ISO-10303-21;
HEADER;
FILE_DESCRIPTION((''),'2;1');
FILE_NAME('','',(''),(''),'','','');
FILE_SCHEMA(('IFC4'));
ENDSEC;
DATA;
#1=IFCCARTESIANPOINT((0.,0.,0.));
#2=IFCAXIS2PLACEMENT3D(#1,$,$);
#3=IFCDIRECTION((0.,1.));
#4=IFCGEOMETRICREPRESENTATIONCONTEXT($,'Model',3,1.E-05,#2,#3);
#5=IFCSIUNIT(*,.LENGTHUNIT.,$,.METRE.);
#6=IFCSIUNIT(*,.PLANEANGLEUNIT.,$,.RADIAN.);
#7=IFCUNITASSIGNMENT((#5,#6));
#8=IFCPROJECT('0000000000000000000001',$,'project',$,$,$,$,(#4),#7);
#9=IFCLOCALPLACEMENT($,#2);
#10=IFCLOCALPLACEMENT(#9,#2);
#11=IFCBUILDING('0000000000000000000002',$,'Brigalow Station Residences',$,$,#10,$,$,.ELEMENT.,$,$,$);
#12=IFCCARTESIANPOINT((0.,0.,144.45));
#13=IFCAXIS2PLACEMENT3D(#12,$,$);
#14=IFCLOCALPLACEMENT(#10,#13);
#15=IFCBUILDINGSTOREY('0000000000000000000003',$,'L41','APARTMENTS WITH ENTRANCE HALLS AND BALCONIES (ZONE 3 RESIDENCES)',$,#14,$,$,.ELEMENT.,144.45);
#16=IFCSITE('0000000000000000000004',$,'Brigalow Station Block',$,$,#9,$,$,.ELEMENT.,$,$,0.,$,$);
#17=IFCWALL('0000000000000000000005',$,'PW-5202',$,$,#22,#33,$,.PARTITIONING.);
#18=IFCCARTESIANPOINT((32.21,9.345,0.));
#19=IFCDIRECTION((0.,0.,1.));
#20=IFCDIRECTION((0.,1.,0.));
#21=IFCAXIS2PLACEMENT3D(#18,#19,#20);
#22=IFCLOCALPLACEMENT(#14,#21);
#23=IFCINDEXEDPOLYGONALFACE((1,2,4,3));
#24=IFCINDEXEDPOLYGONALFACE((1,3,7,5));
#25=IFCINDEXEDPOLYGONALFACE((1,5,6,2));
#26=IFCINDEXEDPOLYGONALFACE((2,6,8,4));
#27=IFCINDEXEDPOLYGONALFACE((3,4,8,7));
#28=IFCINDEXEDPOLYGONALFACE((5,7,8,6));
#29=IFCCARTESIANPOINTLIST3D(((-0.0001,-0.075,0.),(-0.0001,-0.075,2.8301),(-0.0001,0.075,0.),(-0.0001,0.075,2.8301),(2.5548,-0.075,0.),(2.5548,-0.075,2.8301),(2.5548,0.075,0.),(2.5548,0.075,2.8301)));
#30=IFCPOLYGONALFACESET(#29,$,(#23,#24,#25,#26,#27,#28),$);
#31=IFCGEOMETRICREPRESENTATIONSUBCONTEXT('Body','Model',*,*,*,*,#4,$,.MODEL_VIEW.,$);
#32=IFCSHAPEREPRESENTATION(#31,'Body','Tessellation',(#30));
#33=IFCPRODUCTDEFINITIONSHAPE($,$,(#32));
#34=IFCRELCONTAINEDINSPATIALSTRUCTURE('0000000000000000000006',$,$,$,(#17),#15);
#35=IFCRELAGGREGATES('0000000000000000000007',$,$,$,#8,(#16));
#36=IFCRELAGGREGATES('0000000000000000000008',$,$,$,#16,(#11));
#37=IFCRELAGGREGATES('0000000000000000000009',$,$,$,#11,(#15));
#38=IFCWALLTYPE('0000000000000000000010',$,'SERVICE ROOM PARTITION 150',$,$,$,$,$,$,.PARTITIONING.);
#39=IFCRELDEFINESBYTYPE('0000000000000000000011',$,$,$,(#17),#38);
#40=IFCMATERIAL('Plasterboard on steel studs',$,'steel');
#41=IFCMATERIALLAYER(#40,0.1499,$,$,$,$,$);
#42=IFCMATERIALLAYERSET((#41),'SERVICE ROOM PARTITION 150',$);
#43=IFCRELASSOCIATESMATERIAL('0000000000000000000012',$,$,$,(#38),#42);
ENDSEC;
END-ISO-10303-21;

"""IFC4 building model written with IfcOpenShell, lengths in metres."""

from ifc_helpers import new_model, si_unit, direction, frame, frame_2d, origin, place, context, subcontext, project, spatial, rectangle, extrude, material, layer, layer_set, type_object, element, save


model = new_model("IFC4")

# Units and contexts
model_context = context("Model", 3, precision=1e-05, world=origin(), true_north=direction((0.0, 1.0)))
body_context = subcontext(model_context, "Body", "Model", "MODEL_VIEW")
ifc_project = project(units=[si_unit("LENGTHUNIT", "METRE"), si_unit("PLANEANGLEUNIT", "RADIAN")], contexts=[model_context])

# Site, building, storey
site_placement = place(None, origin())
site = spatial("IfcSite", under=ifc_project, at=site_placement, Name="Brigalow Station Block", CompositionType="ELEMENT", RefElevation=0.0)
building_placement = place(site_placement, origin())
building = spatial("IfcBuilding", under=site, at=building_placement, Name="Brigalow Station Residences", CompositionType="ELEMENT")
storey_placement = place(building_placement, frame((0.0, 0.0, 144.45)))
storey = spatial("IfcBuildingStorey", under=building, at=storey_placement, Name="L41", Description="APARTMENTS WITH ENTRANCE HALLS AND BALCONIES (ZONE 3 RESIDENCES)", CompositionType="ELEMENT", Elevation=144.45)

# Shared definitions
ifc_material_1 = material(Name="Plasterboard on steel studs", Category="steel")
ifc_layer_1 = layer(ifc_material_1, 0.1499)
ifc_layer_set_1 = layer_set([ifc_layer_1], Name="SERVICE ROOM PARTITION 150")
wall_type_1 = type_object("IfcWallType", Name="SERVICE ROOM PARTITION 150", PredefinedType="PARTITIONING", material=ifc_layer_set_1)

# Wall
wall_1_placement = place(storey_placement, frame((32.21, 9.345, 0.0), z_axis=(0.0, 0.0, 1.0), x_axis=(0.0, 1.0, 0.0)))
element("IfcWall", 1, at=wall_1_placement, inside=storey, type_object=wall_type_1, Name="PW-5202", PredefinedType="PARTITIONING", context=body_context, shape_type="SweptSolid", body=[
    extrude(rectangle(XDim=2.5549, YDim=0.1499, at=frame_2d((1.2773, 0.0))), origin(), (0.0, 0.0, 1.0), 2.8301),
])

save(model, "model.ifc")
